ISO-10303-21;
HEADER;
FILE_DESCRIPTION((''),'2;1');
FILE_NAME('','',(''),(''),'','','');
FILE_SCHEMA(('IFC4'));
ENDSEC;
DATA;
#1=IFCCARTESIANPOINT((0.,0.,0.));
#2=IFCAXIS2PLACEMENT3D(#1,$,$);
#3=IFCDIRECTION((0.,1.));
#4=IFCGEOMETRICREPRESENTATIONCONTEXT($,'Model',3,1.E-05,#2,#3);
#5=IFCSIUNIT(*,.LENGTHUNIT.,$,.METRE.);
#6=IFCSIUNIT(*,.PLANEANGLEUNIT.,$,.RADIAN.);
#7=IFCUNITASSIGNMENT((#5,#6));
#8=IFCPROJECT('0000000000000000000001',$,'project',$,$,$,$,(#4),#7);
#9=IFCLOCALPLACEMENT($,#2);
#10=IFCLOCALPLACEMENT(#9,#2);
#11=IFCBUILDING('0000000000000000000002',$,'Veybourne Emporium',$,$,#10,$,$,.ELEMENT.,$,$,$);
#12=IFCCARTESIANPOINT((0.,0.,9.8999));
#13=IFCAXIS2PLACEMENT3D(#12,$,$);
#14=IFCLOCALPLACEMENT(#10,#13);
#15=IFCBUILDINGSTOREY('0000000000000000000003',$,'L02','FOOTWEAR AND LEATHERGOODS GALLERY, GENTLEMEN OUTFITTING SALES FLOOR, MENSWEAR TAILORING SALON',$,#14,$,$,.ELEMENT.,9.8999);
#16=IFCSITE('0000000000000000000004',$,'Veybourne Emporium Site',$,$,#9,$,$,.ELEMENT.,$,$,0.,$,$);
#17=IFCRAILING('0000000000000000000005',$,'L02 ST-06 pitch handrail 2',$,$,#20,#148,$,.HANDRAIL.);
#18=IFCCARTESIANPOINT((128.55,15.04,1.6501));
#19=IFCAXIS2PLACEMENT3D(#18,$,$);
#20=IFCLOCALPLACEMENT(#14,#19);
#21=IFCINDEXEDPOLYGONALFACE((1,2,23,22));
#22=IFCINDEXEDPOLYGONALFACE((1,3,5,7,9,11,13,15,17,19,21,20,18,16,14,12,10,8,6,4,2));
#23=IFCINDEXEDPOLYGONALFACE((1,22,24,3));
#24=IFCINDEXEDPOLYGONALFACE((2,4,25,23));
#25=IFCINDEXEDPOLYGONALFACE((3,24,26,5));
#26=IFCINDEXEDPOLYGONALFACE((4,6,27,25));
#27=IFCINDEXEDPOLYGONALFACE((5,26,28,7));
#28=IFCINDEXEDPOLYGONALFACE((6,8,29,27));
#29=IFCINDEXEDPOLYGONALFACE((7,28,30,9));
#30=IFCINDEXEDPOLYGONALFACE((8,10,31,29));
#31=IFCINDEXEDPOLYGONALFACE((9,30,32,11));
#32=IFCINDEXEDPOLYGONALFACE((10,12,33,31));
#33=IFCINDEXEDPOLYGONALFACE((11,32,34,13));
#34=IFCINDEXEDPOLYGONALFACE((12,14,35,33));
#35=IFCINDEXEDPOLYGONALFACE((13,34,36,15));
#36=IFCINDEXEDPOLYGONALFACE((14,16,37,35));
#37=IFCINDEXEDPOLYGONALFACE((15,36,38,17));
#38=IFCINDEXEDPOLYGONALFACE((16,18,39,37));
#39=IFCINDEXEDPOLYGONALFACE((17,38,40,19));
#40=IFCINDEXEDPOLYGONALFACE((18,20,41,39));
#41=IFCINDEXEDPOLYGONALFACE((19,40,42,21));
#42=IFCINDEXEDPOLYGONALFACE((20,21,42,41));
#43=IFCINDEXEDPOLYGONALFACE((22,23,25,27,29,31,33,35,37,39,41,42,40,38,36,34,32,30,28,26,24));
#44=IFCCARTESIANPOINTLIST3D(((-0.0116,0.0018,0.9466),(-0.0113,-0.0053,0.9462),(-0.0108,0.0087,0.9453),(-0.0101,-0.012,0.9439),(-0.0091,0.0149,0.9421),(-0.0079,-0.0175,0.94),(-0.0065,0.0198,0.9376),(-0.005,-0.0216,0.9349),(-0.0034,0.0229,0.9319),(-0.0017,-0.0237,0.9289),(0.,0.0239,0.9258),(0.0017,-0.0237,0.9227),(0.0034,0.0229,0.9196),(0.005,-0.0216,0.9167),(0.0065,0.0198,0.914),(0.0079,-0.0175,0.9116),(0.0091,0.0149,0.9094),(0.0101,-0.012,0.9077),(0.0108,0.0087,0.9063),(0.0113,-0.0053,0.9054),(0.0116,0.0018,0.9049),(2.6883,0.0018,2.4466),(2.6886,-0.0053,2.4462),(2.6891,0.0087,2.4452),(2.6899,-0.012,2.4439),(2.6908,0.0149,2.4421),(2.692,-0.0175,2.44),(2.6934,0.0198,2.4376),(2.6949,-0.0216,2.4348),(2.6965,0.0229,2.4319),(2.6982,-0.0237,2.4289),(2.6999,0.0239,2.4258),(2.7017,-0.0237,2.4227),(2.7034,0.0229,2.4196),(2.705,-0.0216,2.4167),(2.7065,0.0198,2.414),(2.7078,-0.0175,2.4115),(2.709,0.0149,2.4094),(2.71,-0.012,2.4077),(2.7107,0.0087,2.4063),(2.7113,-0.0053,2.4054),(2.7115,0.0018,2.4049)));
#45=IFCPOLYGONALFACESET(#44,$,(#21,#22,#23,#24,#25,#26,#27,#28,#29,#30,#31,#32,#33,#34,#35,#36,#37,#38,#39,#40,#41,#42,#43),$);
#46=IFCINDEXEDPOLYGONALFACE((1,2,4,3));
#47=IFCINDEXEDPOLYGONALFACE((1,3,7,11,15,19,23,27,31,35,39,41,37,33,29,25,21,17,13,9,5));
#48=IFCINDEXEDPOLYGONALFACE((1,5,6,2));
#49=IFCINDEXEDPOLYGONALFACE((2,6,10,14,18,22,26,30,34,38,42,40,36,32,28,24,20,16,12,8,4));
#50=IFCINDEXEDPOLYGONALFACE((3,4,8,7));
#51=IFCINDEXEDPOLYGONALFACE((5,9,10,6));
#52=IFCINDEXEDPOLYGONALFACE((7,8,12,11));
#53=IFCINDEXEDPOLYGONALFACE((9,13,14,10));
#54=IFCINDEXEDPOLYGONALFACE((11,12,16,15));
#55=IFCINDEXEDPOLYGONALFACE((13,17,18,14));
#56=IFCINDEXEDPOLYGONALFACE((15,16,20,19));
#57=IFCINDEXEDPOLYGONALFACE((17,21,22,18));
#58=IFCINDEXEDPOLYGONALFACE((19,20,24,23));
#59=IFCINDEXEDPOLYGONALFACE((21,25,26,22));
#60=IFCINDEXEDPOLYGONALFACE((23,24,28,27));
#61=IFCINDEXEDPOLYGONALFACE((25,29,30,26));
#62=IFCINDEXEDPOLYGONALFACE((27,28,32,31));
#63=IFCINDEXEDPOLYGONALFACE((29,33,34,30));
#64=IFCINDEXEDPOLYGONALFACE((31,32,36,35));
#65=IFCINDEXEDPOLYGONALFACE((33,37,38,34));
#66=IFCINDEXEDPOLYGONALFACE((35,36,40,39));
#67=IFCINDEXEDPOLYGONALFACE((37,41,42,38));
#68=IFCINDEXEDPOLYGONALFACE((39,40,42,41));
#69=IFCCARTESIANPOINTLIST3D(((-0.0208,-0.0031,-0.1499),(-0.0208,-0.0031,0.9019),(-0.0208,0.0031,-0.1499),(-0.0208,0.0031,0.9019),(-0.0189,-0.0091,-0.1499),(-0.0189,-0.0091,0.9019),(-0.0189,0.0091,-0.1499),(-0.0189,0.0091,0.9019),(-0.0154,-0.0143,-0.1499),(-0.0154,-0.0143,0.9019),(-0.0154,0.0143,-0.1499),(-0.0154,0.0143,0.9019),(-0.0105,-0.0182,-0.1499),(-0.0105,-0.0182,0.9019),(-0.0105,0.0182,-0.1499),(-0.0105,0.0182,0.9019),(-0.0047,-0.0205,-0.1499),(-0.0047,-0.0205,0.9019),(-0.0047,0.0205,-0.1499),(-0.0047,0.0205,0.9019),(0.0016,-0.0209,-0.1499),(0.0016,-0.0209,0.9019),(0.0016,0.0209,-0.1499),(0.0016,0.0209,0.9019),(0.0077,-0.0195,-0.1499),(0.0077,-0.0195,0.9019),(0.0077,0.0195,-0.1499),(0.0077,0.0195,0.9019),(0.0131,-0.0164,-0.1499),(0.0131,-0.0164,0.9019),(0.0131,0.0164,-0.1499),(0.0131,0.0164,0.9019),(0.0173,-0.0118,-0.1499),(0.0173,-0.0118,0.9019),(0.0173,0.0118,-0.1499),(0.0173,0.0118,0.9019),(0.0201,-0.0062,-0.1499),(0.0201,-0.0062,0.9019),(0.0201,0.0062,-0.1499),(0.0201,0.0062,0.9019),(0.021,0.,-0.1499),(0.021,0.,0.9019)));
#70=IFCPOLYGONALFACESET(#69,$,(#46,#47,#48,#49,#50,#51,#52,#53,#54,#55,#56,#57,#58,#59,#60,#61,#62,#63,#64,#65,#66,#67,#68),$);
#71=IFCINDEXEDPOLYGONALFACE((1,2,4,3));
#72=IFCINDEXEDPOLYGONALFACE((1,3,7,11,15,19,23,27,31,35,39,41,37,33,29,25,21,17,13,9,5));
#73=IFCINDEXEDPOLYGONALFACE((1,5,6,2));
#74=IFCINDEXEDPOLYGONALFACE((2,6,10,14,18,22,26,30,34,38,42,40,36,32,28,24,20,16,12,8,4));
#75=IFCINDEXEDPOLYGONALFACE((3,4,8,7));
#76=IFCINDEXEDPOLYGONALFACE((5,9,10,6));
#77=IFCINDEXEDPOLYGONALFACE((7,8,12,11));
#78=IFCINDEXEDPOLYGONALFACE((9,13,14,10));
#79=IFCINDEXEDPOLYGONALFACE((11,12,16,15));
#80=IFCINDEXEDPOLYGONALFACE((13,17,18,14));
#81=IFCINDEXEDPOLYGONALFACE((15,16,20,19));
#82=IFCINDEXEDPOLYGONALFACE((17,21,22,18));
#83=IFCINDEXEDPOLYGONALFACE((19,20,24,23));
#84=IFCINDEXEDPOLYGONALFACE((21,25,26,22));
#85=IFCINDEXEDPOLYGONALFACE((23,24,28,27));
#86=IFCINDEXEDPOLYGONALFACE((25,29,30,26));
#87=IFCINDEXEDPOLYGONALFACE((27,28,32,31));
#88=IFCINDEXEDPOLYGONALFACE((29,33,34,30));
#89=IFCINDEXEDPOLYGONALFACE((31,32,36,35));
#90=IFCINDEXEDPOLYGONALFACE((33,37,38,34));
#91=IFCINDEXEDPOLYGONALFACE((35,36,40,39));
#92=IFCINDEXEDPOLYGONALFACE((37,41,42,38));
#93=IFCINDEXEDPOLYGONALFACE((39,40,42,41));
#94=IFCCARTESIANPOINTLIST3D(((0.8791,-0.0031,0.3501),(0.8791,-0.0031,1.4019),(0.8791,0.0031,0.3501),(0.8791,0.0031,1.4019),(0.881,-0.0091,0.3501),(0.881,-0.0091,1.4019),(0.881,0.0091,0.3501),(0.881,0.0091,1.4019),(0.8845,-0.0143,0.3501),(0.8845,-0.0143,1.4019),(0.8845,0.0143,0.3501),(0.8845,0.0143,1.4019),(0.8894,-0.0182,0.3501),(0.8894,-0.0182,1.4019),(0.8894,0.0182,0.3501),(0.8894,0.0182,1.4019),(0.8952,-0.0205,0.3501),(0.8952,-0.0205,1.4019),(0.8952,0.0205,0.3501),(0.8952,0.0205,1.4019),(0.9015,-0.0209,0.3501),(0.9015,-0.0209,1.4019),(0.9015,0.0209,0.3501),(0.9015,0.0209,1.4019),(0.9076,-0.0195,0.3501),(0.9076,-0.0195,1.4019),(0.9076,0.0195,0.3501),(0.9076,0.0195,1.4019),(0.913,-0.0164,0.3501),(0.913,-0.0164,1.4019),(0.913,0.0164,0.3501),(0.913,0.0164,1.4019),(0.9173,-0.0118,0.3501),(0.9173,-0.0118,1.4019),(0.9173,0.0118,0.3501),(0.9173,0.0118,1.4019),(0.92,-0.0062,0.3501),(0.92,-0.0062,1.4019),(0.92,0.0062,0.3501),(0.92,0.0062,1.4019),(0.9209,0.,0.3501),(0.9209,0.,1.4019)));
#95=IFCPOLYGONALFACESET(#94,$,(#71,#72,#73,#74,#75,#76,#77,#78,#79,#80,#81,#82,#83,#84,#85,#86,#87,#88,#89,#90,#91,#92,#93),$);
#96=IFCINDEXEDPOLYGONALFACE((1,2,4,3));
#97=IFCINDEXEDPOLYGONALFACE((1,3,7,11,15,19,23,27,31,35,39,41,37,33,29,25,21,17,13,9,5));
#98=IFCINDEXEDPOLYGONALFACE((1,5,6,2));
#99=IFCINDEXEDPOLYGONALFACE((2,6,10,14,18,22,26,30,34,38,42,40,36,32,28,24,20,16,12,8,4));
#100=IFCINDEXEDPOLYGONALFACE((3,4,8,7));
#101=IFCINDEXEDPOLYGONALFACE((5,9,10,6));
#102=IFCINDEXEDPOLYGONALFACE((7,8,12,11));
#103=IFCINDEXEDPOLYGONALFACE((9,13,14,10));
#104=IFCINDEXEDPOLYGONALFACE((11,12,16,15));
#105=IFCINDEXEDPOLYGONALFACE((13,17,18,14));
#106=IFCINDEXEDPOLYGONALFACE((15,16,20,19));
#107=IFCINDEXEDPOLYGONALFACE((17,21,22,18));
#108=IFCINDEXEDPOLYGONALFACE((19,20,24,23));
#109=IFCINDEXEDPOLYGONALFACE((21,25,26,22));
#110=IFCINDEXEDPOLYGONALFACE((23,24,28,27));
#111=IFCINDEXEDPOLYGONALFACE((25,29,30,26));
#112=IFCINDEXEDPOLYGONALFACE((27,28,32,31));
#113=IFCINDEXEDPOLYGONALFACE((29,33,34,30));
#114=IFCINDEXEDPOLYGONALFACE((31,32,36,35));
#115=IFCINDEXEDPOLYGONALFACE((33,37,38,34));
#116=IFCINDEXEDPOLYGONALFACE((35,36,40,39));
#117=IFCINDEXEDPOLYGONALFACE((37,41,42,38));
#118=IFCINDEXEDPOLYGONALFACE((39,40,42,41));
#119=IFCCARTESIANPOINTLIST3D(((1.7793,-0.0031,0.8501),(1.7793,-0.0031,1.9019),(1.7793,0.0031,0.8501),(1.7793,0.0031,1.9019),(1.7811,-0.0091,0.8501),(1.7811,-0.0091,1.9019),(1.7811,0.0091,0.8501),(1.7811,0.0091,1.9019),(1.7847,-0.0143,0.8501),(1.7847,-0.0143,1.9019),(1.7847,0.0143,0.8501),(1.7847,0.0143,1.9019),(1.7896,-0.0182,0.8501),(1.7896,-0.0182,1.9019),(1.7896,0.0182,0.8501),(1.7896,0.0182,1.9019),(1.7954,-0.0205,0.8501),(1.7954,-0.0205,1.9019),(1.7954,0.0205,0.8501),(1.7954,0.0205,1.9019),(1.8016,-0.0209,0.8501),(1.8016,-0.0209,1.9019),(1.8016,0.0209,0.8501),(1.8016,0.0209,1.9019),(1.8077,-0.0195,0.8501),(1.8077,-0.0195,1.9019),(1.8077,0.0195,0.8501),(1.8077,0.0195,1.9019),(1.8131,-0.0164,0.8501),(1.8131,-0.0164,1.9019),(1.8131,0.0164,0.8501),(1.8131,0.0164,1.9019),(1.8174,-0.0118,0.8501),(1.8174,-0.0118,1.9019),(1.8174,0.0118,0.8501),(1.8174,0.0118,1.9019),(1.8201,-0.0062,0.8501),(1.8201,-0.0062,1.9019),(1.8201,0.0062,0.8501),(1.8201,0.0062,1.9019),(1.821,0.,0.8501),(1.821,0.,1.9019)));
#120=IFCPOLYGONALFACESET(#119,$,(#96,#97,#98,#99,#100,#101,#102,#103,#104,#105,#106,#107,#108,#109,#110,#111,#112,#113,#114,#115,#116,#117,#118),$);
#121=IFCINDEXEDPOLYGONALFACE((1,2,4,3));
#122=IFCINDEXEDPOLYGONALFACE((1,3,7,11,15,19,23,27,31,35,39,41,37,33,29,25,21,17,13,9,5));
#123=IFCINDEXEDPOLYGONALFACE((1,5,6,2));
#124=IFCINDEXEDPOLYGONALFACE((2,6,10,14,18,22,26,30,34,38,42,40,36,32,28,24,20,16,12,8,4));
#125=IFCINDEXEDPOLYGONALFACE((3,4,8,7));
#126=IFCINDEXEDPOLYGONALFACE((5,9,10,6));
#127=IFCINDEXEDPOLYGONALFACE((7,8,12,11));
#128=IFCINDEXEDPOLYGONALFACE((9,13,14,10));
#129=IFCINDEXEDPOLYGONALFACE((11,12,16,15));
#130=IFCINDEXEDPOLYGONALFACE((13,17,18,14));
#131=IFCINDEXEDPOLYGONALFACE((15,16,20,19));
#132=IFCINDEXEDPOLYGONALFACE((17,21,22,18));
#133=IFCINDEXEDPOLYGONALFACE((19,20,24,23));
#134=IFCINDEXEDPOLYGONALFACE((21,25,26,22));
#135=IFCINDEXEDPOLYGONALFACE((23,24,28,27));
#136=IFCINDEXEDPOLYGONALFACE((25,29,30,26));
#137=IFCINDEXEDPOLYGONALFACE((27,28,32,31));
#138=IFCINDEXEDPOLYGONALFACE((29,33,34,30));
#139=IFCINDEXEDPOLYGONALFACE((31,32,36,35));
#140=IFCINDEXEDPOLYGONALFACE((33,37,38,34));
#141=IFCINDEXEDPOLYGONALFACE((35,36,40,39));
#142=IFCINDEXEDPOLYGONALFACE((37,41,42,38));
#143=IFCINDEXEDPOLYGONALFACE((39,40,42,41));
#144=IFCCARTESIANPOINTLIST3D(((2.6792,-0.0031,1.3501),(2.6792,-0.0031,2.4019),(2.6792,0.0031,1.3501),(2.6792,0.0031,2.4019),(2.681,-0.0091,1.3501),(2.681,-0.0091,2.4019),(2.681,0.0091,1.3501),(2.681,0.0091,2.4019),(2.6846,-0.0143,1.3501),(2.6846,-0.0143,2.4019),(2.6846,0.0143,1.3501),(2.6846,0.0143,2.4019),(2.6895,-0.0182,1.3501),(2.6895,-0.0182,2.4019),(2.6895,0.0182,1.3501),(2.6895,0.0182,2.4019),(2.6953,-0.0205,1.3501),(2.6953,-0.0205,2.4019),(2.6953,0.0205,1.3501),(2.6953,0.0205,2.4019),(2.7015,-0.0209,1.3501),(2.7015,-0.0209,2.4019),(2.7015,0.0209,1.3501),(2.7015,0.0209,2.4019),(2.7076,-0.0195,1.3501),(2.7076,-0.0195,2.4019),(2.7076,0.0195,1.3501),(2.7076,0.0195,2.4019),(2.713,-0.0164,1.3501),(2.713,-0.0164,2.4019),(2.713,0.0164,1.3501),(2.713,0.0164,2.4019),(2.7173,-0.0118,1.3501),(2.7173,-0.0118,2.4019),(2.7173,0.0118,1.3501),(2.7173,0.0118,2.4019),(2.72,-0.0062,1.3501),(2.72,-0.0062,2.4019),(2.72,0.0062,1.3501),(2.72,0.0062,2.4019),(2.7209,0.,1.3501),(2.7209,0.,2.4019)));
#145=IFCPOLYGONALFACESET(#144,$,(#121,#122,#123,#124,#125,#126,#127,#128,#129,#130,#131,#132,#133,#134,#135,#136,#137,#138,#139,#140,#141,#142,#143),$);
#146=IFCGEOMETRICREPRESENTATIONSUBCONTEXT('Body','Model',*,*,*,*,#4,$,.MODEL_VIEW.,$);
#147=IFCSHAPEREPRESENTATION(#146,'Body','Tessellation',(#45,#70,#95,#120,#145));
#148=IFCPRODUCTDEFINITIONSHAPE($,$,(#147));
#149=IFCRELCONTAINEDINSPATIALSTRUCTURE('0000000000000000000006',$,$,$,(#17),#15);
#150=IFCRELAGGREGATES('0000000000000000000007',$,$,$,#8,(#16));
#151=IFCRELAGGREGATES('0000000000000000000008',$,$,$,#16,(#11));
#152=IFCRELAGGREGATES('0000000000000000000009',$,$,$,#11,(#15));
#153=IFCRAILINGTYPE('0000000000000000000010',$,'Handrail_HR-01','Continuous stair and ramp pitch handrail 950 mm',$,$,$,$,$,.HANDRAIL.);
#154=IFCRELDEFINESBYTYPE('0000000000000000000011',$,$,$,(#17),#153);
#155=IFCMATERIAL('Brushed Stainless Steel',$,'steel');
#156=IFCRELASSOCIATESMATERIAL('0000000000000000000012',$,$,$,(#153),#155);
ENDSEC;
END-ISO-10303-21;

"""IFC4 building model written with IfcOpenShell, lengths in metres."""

from ifc_helpers import new_model, si_unit, direction, frame, origin, origin_2d, place, context, subcontext, project, spatial, circle, extrude, material, type_object, element, save


model = new_model("IFC4")

# Units and contexts
model_context = context("Model", 3, precision=1e-05, world=origin(), true_north=direction((0.0, 1.0)))
body_context = subcontext(model_context, "Body", "Model", "MODEL_VIEW")
ifc_project = project(units=[si_unit("LENGTHUNIT", "METRE"), si_unit("PLANEANGLEUNIT", "RADIAN")], contexts=[model_context])

# Site, building, storey
site_placement = place(None, origin())
site = spatial("IfcSite", under=ifc_project, at=site_placement, Name="Veybourne Emporium Site", CompositionType="ELEMENT", RefElevation=0.0)
building_placement = place(site_placement, origin())
building = spatial("IfcBuilding", under=site, at=building_placement, Name="Veybourne Emporium", CompositionType="ELEMENT")
storey_placement = place(building_placement, frame((0.0, 0.0, 9.8999)))
storey = spatial("IfcBuildingStorey", under=building, at=storey_placement, Name="L02", Description="FOOTWEAR AND LEATHERGOODS GALLERY, GENTLEMEN OUTFITTING SALES FLOOR, MENSWEAR TAILORING SALON", CompositionType="ELEMENT", Elevation=9.8999)

# Railing
ifc_material_1 = material(Name="Brushed Stainless Steel", Category="steel")
railing_type = type_object("IfcRailingType", Name="Handrail_HR-01", Description="Continuous stair and ramp pitch handrail 950 mm", PredefinedType="HANDRAIL", material=ifc_material_1)
railing_placement = place(storey_placement, frame((128.55, 15.04, 1.6501)))
element("IfcRailing", 1, at=railing_placement, inside=storey, type_object=railing_type, Name="L02 ST-06 pitch handrail 2", PredefinedType="HANDRAIL", context=body_context, shape_type="SweptSolid", body=[
    extrude(circle(Radius=0.0239, at=origin_2d()), frame((0.0, 0.0, 0.9258), z_axis=(0.874154, 0.0, 0.48565), x_axis=(0.0, 1.0, 0.0)), (0.0, 0.0, 1.0), 3.0886),
    extrude(circle(Radius=0.021, at=origin_2d()), frame((0.0, 0.0, -0.1499)), (0.0, 0.0, 1.0), 1.0518),
    extrude(circle(Radius=0.021, at=origin_2d()), frame((0.8999, 0.0, 0.3501)), (0.0, 0.0, 1.0), 1.0518),
    extrude(circle(Radius=0.021, at=origin_2d()), frame((1.8, 0.0, 0.8501)), (0.0, 0.0, 1.0), 1.0518),
    extrude(circle(Radius=0.021, at=origin_2d()), frame((2.7, 0.0, 1.3501)), (0.0, 0.0, 1.0), 1.0518),
])

save(model, "model.ifc")
